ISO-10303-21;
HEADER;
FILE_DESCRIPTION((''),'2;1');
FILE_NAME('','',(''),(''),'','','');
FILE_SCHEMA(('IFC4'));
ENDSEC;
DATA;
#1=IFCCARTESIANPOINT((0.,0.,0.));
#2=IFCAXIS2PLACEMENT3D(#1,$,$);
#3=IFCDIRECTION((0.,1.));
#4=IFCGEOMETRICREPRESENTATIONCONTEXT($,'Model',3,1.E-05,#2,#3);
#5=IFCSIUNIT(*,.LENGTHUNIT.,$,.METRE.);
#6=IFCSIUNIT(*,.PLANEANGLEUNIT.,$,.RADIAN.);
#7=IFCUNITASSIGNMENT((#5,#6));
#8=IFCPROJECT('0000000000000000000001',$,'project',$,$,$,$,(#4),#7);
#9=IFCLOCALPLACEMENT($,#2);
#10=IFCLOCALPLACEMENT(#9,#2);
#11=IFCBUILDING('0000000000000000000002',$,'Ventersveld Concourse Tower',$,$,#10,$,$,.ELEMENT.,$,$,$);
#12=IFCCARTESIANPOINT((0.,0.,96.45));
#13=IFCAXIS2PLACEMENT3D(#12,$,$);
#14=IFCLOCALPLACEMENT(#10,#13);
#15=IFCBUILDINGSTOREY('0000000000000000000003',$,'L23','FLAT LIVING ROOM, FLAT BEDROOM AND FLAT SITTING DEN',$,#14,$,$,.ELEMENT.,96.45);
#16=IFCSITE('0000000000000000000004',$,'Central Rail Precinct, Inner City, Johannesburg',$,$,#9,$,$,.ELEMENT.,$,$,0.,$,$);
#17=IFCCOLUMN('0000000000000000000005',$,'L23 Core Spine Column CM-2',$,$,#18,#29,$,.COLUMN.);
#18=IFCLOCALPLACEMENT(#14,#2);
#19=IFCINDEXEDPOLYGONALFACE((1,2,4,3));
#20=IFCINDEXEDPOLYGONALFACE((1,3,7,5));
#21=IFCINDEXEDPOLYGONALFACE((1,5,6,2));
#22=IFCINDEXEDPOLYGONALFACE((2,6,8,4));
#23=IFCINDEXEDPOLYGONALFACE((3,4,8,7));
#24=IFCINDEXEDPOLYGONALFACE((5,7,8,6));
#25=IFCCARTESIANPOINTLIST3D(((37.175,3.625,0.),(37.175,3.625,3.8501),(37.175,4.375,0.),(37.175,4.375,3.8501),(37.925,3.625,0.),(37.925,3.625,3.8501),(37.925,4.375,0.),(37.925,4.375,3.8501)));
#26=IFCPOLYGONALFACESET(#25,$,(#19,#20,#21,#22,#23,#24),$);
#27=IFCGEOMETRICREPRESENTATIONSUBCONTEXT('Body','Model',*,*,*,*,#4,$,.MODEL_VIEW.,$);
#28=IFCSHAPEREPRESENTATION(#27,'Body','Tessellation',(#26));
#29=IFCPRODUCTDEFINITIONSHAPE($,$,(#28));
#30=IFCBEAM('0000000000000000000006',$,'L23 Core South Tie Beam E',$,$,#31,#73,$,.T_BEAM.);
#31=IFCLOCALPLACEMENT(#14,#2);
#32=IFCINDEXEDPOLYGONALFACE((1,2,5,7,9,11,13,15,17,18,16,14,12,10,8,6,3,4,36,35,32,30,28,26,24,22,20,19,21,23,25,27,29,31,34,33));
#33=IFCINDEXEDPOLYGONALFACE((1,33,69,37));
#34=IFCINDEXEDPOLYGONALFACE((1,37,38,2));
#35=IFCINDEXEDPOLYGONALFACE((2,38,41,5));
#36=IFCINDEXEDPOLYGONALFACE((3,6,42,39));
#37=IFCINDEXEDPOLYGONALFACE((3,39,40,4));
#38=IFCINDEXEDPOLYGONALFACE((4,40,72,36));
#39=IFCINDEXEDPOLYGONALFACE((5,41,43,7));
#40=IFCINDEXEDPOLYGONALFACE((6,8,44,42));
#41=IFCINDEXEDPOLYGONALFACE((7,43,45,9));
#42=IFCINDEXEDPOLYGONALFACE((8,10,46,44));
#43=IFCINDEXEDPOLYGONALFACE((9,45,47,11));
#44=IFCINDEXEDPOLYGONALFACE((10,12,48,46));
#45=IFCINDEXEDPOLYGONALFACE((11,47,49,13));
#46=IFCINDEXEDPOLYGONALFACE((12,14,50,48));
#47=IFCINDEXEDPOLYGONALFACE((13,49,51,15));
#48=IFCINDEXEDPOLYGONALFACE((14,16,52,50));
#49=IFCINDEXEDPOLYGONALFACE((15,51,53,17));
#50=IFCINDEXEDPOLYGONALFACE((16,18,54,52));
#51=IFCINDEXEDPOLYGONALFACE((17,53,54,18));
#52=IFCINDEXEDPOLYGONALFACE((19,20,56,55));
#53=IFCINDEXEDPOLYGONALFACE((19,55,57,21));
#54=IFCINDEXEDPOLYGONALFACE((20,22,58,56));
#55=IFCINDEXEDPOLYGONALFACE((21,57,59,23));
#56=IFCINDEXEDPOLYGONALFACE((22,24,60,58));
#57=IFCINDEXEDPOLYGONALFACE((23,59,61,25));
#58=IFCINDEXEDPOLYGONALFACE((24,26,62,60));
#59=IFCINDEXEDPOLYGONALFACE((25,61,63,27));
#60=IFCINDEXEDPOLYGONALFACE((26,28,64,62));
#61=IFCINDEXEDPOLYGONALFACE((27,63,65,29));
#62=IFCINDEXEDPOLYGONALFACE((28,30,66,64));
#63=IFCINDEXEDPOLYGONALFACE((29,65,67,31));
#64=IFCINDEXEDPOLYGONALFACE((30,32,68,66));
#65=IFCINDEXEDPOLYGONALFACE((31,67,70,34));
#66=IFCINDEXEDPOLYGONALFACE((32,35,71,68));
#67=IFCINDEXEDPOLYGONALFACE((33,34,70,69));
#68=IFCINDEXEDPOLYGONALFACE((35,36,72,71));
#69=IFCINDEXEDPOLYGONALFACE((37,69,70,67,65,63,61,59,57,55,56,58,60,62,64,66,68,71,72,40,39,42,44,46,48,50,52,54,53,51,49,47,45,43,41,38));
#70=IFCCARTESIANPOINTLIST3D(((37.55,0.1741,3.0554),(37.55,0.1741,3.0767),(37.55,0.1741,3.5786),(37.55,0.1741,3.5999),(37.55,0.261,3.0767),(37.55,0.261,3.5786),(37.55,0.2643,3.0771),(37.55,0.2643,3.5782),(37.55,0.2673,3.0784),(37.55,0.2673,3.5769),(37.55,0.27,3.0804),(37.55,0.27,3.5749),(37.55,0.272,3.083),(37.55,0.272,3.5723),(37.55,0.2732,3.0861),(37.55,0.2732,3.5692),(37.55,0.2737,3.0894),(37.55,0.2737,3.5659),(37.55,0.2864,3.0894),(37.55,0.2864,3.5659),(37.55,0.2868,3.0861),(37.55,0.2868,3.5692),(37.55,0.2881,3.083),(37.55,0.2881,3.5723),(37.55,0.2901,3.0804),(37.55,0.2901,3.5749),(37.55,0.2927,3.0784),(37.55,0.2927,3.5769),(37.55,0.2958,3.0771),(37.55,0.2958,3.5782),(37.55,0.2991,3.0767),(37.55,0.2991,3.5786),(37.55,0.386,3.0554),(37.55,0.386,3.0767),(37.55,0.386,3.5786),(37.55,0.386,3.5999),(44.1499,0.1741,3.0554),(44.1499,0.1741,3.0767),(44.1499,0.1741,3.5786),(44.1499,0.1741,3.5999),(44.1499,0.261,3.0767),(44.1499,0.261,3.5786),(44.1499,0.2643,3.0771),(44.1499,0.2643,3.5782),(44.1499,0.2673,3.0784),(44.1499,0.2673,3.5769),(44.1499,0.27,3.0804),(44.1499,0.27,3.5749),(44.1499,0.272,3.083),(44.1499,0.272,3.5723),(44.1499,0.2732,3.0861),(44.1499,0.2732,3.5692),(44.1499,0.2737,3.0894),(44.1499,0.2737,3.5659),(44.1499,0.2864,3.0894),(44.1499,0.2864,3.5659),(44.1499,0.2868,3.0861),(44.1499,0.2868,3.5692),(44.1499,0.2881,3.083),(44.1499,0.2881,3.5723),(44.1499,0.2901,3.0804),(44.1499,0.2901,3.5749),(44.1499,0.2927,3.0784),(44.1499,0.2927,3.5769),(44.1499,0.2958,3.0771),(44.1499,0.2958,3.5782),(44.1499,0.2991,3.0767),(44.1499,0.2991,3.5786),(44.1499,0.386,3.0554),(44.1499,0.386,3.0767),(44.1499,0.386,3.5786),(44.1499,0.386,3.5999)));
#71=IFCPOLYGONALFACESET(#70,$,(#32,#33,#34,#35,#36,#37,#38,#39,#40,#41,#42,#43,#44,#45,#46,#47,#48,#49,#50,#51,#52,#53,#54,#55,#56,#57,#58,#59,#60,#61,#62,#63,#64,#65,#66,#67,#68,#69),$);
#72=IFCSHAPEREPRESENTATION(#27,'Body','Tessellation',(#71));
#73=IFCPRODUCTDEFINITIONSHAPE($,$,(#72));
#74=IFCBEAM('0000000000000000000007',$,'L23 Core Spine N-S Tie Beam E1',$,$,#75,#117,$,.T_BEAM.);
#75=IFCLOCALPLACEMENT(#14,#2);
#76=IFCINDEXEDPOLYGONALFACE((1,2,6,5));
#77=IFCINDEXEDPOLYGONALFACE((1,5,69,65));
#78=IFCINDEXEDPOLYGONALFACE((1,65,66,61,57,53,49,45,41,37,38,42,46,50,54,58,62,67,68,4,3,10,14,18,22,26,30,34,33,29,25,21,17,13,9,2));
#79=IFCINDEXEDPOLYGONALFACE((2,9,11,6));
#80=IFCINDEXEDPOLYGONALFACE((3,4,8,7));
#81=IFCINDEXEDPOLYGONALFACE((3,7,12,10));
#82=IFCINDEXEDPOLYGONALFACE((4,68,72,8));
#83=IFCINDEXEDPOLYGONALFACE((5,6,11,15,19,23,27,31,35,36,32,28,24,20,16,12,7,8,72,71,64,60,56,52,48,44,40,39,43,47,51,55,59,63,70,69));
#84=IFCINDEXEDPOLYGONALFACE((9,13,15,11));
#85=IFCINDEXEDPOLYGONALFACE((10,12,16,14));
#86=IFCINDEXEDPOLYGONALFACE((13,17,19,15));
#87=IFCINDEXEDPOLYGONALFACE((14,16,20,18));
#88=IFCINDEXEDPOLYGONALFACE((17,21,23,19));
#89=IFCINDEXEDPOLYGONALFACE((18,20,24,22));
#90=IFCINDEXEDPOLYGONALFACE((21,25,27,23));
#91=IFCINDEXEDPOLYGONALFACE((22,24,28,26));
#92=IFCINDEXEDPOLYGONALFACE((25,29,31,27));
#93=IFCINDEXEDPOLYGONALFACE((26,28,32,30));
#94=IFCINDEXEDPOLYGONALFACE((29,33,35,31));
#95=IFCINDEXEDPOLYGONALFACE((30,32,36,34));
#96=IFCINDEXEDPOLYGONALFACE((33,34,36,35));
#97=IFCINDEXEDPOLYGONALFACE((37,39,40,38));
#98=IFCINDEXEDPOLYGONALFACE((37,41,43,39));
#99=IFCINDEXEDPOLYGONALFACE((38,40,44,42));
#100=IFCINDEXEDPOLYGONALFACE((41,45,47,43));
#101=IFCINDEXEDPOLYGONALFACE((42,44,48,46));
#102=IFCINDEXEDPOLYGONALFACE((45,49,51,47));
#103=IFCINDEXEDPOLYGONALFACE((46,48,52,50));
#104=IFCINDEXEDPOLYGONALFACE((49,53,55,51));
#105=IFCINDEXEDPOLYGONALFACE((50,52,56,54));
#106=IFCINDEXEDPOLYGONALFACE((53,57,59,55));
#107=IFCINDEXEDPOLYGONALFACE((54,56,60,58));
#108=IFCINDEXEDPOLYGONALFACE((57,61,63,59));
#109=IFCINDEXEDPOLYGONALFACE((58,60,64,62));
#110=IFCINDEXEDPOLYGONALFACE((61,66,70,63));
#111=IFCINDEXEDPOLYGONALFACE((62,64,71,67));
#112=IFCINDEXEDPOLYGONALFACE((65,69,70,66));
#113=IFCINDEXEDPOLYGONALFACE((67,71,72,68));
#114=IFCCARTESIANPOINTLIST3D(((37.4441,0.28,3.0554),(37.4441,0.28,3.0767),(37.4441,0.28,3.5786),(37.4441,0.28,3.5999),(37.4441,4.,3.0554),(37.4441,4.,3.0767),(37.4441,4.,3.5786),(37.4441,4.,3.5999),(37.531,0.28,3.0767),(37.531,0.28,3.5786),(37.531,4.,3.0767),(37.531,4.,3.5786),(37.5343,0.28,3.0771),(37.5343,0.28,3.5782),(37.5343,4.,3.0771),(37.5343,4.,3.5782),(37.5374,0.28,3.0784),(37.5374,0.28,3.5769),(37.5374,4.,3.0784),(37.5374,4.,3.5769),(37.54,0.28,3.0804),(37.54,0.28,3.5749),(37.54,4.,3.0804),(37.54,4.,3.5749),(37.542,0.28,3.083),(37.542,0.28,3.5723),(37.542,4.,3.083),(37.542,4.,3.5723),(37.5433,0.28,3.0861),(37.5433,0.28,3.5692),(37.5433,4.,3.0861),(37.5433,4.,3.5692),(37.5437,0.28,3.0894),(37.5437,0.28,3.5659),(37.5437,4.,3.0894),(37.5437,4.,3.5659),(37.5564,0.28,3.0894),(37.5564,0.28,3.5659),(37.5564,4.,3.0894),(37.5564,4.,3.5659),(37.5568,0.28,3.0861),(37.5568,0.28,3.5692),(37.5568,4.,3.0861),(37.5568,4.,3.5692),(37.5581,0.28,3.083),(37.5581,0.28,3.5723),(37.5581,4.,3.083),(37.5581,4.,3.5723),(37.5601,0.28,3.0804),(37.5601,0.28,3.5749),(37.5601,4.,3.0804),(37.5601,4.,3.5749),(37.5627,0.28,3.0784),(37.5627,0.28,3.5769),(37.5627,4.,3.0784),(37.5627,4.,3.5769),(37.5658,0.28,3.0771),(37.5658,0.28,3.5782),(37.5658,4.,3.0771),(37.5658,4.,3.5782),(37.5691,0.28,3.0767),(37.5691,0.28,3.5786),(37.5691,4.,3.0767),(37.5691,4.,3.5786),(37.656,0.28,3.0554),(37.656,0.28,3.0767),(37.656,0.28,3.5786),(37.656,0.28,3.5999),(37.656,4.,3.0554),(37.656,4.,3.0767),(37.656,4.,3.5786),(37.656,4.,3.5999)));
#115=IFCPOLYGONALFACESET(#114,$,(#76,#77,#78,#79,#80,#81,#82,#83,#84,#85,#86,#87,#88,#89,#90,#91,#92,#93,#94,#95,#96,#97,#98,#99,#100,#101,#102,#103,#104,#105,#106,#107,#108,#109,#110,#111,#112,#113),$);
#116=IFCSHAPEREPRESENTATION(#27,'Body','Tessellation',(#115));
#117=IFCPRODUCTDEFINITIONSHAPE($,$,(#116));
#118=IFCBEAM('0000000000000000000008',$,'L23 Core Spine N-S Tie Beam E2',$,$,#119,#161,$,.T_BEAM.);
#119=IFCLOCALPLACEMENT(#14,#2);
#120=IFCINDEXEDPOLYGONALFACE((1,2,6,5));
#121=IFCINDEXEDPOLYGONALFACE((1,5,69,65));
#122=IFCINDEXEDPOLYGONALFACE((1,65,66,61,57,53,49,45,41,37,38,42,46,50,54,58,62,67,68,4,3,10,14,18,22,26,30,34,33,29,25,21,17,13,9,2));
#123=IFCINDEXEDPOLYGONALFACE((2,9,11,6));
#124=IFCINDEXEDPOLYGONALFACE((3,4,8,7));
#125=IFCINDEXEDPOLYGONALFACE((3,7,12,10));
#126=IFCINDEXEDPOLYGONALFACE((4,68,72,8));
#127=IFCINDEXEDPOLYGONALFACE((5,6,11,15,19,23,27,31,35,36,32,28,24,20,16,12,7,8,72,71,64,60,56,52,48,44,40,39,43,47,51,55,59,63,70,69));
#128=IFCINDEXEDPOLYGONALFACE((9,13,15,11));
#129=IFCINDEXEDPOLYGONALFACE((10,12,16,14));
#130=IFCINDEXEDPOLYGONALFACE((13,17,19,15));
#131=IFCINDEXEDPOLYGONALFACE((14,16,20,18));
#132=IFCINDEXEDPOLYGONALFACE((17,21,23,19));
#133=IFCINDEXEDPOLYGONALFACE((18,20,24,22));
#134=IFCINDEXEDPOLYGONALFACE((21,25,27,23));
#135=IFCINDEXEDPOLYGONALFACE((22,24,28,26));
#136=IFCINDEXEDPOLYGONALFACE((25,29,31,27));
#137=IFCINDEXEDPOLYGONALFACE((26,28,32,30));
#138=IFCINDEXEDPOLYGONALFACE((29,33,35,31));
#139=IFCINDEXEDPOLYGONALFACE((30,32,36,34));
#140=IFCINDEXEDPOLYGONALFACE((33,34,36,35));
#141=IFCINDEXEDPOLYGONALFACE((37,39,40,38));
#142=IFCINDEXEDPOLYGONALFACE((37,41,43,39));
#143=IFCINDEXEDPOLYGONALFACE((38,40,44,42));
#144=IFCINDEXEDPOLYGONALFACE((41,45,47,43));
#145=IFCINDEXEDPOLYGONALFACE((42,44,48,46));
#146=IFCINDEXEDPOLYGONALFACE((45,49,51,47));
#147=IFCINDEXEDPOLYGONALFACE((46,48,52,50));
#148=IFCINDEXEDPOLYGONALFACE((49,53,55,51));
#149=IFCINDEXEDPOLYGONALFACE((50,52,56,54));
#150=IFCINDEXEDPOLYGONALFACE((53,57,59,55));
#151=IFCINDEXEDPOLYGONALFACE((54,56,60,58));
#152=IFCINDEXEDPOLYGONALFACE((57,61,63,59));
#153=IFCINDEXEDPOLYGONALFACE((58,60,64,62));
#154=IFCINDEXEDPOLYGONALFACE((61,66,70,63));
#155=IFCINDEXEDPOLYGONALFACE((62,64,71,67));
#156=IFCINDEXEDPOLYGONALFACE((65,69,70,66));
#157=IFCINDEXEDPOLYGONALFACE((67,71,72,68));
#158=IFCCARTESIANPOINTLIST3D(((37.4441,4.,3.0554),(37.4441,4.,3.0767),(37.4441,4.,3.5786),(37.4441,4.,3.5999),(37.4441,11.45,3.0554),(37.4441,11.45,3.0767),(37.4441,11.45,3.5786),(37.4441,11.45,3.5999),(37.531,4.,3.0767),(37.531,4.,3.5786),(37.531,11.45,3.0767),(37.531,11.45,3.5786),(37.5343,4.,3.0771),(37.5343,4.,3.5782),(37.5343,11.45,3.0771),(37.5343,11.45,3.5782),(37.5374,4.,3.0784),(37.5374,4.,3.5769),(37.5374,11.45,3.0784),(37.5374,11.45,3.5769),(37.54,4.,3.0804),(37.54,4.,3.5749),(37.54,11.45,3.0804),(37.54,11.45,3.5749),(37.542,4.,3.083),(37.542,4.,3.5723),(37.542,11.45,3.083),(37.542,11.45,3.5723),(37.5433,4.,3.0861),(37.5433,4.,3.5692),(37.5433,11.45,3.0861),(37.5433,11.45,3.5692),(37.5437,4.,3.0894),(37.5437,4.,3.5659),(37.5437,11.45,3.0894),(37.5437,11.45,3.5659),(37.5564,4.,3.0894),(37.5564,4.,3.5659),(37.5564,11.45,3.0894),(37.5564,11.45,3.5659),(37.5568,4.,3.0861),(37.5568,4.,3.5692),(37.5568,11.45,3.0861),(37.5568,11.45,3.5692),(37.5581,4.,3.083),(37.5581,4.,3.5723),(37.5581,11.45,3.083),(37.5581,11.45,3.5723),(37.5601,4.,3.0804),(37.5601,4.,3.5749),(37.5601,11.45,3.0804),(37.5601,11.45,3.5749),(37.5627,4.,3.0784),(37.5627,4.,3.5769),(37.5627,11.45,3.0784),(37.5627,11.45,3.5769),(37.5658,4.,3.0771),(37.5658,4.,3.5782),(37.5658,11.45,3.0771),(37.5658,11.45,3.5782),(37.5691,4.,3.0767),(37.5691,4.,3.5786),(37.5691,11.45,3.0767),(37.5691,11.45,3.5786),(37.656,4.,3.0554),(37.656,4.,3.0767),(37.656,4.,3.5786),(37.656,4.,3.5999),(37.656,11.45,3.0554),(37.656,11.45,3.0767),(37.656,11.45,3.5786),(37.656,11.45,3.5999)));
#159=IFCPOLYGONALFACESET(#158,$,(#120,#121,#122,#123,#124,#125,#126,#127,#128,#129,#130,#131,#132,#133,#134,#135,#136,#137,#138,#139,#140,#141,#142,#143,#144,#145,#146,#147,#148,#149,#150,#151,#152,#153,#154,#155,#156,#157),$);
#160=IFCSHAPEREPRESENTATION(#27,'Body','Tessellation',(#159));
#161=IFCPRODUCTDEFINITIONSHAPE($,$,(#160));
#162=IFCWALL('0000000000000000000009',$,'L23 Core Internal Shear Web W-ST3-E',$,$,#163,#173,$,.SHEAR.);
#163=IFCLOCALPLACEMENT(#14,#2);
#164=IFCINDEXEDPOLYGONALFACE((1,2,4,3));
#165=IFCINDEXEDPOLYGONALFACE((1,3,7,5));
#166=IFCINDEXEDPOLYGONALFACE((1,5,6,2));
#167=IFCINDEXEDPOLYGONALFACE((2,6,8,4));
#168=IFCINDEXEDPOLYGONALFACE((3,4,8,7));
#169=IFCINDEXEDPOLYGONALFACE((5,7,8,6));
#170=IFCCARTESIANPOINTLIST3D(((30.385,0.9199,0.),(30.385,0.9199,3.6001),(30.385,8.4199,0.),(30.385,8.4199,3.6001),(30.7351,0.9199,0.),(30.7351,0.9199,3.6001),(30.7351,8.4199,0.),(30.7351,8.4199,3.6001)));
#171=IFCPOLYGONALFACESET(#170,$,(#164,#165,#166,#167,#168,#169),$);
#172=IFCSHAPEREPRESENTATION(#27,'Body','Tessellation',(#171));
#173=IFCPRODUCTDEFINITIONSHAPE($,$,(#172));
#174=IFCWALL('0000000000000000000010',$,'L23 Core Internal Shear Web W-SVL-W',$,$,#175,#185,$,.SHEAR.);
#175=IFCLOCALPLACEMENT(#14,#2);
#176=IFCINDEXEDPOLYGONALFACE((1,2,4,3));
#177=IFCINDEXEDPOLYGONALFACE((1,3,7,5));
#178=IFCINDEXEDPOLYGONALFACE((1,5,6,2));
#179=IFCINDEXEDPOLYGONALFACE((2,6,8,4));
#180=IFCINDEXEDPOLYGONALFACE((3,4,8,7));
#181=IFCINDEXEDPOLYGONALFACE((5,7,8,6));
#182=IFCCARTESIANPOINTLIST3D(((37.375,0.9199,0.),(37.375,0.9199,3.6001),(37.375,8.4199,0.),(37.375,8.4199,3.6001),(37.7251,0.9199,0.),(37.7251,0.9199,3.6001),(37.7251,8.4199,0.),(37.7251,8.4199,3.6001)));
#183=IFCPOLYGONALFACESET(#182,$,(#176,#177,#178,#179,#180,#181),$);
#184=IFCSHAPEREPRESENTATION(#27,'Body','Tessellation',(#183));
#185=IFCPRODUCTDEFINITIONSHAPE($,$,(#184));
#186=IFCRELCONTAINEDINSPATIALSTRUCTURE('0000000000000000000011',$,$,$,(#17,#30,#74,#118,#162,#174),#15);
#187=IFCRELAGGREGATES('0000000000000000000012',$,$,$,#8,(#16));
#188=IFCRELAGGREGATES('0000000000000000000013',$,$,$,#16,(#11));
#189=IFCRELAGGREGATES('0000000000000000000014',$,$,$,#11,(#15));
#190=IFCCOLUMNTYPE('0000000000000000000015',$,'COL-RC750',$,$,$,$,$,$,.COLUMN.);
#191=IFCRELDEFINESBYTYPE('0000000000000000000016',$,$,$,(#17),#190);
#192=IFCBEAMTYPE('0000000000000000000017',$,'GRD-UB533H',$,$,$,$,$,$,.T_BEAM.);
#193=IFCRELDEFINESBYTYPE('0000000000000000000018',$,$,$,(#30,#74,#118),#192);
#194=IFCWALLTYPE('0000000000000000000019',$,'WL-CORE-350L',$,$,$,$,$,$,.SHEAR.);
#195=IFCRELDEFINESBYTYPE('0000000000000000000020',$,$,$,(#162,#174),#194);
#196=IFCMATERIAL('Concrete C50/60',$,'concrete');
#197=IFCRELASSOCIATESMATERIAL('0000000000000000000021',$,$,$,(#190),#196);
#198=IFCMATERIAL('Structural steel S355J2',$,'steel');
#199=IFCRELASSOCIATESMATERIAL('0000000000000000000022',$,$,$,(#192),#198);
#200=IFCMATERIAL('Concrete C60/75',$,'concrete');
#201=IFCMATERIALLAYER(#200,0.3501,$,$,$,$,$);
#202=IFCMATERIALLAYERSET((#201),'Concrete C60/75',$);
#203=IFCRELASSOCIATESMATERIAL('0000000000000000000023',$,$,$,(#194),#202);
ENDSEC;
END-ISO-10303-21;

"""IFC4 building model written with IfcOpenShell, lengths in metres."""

from ifc_helpers import new_model, si_unit, direction, frame, frame_2d, origin, origin_2d, place, context, subcontext, project, spatial, rectangle, i_section, extrude, material, layer, layer_set, material_profile, profile_set, type_object, element, save


model = new_model("IFC4")

# Units and contexts
model_context = context("Model", 3, precision=1e-05, world=origin(), true_north=direction((0.0, 1.0)))
body_context = subcontext(model_context, "Body", "Model", "MODEL_VIEW")
ifc_project = project(units=[si_unit("LENGTHUNIT", "METRE"), si_unit("PLANEANGLEUNIT", "RADIAN")], contexts=[model_context])

# Site, building, storey
site_placement = place(None, origin())
site = spatial("IfcSite", under=ifc_project, at=site_placement, Name="Central Rail Precinct, Inner City, Johannesburg", CompositionType="ELEMENT", RefElevation=0.0)
building_placement = place(site_placement, origin())
building = spatial("IfcBuilding", under=site, at=building_placement, Name="Ventersveld Concourse Tower", CompositionType="ELEMENT")
storey_placement = place(building_placement, frame((0.0, 0.0, 96.45)))
storey = spatial("IfcBuildingStorey", under=building, at=storey_placement, Name="L23", Description="FLAT LIVING ROOM, FLAT BEDROOM AND FLAT SITTING DEN", CompositionType="ELEMENT", Elevation=96.45)

# Column
ifc_material_1 = material(Name="Concrete C50/60", Category="concrete")
ifc_material_profile_1 = material_profile(ifc_material_1, rectangle(XDim=0.75, YDim=0.75, at=origin_2d()), Name="RC 750x750")
ifc_profile_set_1 = profile_set([ifc_material_profile_1], Name="Concrete C50/60")
column_type = type_object("IfcColumnType", Name="COL-RC750", PredefinedType="COLUMN", material=ifc_profile_set_1)
column_placement = place(storey_placement, frame((37.55, 4.0, 0.0), z_axis=(0.0, 0.0, 1.0), x_axis=(1.0, 0.0, 0.0)))
element("IfcColumn", 1, at=column_placement, inside=storey, type_object=column_type, Name="L23 Core Spine Column CM-2", PredefinedType="COLUMN", context=body_context, shape_type="SweptSolid", body=[
    extrude(rectangle(XDim=0.75, YDim=0.75, at=origin_2d()), origin(), (0.0, 0.0, 1.0), 3.8501),
])

# Beams
ifc_material_2 = material(Name="Structural steel S355J2", Category="steel")
ifc_material_profile_2 = material_profile(ifc_material_2, i_section(OverallWidth=0.2119, OverallDepth=0.5444, WebThickness=0.0127, FlangeThickness=0.0212, FilletRadius=0.0127, at=origin_2d()), Name="UB 533x210x122")
ifc_profile_set_2 = profile_set([ifc_material_profile_2], Name="Structural steel S355J2")
beam_type = type_object("IfcBeamType", Name="GRD-UB533H", PredefinedType="T_BEAM", material=ifc_profile_set_2)
beam_1_placement = place(storey_placement, frame((37.55, 0.28, 3.3276), z_axis=(1.0, 0.0, 0.0), x_axis=(0.0, 1.0, 0.0)))
element("IfcBeam", 2, at=beam_1_placement, inside=storey, type_object=beam_type, Name="L23 Core South Tie Beam E", PredefinedType="T_BEAM", context=body_context, shape_type="SweptSolid", body=[
    extrude(i_section(OverallWidth=0.2119, OverallDepth=0.5444, WebThickness=0.0127, FlangeThickness=0.0212, FilletRadius=0.0127, at=origin_2d()), origin(), (0.0, 0.0, 1.0), 6.5999),
])
beam_2_placement = place(storey_placement, frame((37.55, 0.28, 3.3276), z_axis=(0.0, 1.0, 0.0), x_axis=(-1.0, 0.0, 0.0)))
element("IfcBeam", 3, at=beam_2_placement, inside=storey, type_object=beam_type, Name="L23 Core Spine N-S Tie Beam E1", PredefinedType="T_BEAM", context=body_context, shape_type="SweptSolid", body=[
    extrude(i_section(OverallWidth=0.2119, OverallDepth=0.5444, WebThickness=0.0127, FlangeThickness=0.0212, FilletRadius=0.0127, at=origin_2d()), origin(), (0.0, 0.0, 1.0), 3.72),
])
beam_3_placement = place(storey_placement, frame((37.55, 4.0, 3.3276), z_axis=(0.0, 1.0, 0.0), x_axis=(-1.0, 0.0, 0.0)))
element("IfcBeam", 4, at=beam_3_placement, inside=storey, type_object=beam_type, Name="L23 Core Spine N-S Tie Beam E2", PredefinedType="T_BEAM", context=body_context, shape_type="SweptSolid", body=[
    extrude(i_section(OverallWidth=0.2119, OverallDepth=0.5444, WebThickness=0.0127, FlangeThickness=0.0212, FilletRadius=0.0127, at=origin_2d()), origin(), (0.0, 0.0, 1.0), 7.45),
])

# Walls
ifc_material_3 = material(Name="Concrete C60/75", Category="concrete")
ifc_layer_1 = layer(ifc_material_3, 0.3501)
ifc_layer_set_1 = layer_set([ifc_layer_1], Name="Concrete C60/75")
wall_type_1 = type_object("IfcWallType", Name="WL-CORE-350L", PredefinedType="SHEAR", material=ifc_layer_set_1)
for number, where, z_axis, x_axis, name in (
    (5, (30.5601, 0.9199, 0.0), (0.0, 0.0, 1.0), (0.0, 1.0, 0.0), "L23 Core Internal Shear Web W-ST3-E"),
    (6, (37.55, 0.9199, 0.0), (0.0, 0.0, 1.0), (0.0, 1.0, 0.0), "L23 Core Internal Shear Web W-SVL-W"),
):
    element("IfcWall", number, at=place(storey_placement, frame(where, z_axis=z_axis, x_axis=x_axis)), inside=storey, type_object=wall_type_1, Name=name, PredefinedType="SHEAR", context=body_context, shape_type="SweptSolid", body=[
        extrude(rectangle(XDim=7.5, YDim=0.3501, at=frame_2d((3.75, 0.0))), origin(), (0.0, 0.0, 1.0), 3.6001),
    ])

save(model, "model.ifc")
